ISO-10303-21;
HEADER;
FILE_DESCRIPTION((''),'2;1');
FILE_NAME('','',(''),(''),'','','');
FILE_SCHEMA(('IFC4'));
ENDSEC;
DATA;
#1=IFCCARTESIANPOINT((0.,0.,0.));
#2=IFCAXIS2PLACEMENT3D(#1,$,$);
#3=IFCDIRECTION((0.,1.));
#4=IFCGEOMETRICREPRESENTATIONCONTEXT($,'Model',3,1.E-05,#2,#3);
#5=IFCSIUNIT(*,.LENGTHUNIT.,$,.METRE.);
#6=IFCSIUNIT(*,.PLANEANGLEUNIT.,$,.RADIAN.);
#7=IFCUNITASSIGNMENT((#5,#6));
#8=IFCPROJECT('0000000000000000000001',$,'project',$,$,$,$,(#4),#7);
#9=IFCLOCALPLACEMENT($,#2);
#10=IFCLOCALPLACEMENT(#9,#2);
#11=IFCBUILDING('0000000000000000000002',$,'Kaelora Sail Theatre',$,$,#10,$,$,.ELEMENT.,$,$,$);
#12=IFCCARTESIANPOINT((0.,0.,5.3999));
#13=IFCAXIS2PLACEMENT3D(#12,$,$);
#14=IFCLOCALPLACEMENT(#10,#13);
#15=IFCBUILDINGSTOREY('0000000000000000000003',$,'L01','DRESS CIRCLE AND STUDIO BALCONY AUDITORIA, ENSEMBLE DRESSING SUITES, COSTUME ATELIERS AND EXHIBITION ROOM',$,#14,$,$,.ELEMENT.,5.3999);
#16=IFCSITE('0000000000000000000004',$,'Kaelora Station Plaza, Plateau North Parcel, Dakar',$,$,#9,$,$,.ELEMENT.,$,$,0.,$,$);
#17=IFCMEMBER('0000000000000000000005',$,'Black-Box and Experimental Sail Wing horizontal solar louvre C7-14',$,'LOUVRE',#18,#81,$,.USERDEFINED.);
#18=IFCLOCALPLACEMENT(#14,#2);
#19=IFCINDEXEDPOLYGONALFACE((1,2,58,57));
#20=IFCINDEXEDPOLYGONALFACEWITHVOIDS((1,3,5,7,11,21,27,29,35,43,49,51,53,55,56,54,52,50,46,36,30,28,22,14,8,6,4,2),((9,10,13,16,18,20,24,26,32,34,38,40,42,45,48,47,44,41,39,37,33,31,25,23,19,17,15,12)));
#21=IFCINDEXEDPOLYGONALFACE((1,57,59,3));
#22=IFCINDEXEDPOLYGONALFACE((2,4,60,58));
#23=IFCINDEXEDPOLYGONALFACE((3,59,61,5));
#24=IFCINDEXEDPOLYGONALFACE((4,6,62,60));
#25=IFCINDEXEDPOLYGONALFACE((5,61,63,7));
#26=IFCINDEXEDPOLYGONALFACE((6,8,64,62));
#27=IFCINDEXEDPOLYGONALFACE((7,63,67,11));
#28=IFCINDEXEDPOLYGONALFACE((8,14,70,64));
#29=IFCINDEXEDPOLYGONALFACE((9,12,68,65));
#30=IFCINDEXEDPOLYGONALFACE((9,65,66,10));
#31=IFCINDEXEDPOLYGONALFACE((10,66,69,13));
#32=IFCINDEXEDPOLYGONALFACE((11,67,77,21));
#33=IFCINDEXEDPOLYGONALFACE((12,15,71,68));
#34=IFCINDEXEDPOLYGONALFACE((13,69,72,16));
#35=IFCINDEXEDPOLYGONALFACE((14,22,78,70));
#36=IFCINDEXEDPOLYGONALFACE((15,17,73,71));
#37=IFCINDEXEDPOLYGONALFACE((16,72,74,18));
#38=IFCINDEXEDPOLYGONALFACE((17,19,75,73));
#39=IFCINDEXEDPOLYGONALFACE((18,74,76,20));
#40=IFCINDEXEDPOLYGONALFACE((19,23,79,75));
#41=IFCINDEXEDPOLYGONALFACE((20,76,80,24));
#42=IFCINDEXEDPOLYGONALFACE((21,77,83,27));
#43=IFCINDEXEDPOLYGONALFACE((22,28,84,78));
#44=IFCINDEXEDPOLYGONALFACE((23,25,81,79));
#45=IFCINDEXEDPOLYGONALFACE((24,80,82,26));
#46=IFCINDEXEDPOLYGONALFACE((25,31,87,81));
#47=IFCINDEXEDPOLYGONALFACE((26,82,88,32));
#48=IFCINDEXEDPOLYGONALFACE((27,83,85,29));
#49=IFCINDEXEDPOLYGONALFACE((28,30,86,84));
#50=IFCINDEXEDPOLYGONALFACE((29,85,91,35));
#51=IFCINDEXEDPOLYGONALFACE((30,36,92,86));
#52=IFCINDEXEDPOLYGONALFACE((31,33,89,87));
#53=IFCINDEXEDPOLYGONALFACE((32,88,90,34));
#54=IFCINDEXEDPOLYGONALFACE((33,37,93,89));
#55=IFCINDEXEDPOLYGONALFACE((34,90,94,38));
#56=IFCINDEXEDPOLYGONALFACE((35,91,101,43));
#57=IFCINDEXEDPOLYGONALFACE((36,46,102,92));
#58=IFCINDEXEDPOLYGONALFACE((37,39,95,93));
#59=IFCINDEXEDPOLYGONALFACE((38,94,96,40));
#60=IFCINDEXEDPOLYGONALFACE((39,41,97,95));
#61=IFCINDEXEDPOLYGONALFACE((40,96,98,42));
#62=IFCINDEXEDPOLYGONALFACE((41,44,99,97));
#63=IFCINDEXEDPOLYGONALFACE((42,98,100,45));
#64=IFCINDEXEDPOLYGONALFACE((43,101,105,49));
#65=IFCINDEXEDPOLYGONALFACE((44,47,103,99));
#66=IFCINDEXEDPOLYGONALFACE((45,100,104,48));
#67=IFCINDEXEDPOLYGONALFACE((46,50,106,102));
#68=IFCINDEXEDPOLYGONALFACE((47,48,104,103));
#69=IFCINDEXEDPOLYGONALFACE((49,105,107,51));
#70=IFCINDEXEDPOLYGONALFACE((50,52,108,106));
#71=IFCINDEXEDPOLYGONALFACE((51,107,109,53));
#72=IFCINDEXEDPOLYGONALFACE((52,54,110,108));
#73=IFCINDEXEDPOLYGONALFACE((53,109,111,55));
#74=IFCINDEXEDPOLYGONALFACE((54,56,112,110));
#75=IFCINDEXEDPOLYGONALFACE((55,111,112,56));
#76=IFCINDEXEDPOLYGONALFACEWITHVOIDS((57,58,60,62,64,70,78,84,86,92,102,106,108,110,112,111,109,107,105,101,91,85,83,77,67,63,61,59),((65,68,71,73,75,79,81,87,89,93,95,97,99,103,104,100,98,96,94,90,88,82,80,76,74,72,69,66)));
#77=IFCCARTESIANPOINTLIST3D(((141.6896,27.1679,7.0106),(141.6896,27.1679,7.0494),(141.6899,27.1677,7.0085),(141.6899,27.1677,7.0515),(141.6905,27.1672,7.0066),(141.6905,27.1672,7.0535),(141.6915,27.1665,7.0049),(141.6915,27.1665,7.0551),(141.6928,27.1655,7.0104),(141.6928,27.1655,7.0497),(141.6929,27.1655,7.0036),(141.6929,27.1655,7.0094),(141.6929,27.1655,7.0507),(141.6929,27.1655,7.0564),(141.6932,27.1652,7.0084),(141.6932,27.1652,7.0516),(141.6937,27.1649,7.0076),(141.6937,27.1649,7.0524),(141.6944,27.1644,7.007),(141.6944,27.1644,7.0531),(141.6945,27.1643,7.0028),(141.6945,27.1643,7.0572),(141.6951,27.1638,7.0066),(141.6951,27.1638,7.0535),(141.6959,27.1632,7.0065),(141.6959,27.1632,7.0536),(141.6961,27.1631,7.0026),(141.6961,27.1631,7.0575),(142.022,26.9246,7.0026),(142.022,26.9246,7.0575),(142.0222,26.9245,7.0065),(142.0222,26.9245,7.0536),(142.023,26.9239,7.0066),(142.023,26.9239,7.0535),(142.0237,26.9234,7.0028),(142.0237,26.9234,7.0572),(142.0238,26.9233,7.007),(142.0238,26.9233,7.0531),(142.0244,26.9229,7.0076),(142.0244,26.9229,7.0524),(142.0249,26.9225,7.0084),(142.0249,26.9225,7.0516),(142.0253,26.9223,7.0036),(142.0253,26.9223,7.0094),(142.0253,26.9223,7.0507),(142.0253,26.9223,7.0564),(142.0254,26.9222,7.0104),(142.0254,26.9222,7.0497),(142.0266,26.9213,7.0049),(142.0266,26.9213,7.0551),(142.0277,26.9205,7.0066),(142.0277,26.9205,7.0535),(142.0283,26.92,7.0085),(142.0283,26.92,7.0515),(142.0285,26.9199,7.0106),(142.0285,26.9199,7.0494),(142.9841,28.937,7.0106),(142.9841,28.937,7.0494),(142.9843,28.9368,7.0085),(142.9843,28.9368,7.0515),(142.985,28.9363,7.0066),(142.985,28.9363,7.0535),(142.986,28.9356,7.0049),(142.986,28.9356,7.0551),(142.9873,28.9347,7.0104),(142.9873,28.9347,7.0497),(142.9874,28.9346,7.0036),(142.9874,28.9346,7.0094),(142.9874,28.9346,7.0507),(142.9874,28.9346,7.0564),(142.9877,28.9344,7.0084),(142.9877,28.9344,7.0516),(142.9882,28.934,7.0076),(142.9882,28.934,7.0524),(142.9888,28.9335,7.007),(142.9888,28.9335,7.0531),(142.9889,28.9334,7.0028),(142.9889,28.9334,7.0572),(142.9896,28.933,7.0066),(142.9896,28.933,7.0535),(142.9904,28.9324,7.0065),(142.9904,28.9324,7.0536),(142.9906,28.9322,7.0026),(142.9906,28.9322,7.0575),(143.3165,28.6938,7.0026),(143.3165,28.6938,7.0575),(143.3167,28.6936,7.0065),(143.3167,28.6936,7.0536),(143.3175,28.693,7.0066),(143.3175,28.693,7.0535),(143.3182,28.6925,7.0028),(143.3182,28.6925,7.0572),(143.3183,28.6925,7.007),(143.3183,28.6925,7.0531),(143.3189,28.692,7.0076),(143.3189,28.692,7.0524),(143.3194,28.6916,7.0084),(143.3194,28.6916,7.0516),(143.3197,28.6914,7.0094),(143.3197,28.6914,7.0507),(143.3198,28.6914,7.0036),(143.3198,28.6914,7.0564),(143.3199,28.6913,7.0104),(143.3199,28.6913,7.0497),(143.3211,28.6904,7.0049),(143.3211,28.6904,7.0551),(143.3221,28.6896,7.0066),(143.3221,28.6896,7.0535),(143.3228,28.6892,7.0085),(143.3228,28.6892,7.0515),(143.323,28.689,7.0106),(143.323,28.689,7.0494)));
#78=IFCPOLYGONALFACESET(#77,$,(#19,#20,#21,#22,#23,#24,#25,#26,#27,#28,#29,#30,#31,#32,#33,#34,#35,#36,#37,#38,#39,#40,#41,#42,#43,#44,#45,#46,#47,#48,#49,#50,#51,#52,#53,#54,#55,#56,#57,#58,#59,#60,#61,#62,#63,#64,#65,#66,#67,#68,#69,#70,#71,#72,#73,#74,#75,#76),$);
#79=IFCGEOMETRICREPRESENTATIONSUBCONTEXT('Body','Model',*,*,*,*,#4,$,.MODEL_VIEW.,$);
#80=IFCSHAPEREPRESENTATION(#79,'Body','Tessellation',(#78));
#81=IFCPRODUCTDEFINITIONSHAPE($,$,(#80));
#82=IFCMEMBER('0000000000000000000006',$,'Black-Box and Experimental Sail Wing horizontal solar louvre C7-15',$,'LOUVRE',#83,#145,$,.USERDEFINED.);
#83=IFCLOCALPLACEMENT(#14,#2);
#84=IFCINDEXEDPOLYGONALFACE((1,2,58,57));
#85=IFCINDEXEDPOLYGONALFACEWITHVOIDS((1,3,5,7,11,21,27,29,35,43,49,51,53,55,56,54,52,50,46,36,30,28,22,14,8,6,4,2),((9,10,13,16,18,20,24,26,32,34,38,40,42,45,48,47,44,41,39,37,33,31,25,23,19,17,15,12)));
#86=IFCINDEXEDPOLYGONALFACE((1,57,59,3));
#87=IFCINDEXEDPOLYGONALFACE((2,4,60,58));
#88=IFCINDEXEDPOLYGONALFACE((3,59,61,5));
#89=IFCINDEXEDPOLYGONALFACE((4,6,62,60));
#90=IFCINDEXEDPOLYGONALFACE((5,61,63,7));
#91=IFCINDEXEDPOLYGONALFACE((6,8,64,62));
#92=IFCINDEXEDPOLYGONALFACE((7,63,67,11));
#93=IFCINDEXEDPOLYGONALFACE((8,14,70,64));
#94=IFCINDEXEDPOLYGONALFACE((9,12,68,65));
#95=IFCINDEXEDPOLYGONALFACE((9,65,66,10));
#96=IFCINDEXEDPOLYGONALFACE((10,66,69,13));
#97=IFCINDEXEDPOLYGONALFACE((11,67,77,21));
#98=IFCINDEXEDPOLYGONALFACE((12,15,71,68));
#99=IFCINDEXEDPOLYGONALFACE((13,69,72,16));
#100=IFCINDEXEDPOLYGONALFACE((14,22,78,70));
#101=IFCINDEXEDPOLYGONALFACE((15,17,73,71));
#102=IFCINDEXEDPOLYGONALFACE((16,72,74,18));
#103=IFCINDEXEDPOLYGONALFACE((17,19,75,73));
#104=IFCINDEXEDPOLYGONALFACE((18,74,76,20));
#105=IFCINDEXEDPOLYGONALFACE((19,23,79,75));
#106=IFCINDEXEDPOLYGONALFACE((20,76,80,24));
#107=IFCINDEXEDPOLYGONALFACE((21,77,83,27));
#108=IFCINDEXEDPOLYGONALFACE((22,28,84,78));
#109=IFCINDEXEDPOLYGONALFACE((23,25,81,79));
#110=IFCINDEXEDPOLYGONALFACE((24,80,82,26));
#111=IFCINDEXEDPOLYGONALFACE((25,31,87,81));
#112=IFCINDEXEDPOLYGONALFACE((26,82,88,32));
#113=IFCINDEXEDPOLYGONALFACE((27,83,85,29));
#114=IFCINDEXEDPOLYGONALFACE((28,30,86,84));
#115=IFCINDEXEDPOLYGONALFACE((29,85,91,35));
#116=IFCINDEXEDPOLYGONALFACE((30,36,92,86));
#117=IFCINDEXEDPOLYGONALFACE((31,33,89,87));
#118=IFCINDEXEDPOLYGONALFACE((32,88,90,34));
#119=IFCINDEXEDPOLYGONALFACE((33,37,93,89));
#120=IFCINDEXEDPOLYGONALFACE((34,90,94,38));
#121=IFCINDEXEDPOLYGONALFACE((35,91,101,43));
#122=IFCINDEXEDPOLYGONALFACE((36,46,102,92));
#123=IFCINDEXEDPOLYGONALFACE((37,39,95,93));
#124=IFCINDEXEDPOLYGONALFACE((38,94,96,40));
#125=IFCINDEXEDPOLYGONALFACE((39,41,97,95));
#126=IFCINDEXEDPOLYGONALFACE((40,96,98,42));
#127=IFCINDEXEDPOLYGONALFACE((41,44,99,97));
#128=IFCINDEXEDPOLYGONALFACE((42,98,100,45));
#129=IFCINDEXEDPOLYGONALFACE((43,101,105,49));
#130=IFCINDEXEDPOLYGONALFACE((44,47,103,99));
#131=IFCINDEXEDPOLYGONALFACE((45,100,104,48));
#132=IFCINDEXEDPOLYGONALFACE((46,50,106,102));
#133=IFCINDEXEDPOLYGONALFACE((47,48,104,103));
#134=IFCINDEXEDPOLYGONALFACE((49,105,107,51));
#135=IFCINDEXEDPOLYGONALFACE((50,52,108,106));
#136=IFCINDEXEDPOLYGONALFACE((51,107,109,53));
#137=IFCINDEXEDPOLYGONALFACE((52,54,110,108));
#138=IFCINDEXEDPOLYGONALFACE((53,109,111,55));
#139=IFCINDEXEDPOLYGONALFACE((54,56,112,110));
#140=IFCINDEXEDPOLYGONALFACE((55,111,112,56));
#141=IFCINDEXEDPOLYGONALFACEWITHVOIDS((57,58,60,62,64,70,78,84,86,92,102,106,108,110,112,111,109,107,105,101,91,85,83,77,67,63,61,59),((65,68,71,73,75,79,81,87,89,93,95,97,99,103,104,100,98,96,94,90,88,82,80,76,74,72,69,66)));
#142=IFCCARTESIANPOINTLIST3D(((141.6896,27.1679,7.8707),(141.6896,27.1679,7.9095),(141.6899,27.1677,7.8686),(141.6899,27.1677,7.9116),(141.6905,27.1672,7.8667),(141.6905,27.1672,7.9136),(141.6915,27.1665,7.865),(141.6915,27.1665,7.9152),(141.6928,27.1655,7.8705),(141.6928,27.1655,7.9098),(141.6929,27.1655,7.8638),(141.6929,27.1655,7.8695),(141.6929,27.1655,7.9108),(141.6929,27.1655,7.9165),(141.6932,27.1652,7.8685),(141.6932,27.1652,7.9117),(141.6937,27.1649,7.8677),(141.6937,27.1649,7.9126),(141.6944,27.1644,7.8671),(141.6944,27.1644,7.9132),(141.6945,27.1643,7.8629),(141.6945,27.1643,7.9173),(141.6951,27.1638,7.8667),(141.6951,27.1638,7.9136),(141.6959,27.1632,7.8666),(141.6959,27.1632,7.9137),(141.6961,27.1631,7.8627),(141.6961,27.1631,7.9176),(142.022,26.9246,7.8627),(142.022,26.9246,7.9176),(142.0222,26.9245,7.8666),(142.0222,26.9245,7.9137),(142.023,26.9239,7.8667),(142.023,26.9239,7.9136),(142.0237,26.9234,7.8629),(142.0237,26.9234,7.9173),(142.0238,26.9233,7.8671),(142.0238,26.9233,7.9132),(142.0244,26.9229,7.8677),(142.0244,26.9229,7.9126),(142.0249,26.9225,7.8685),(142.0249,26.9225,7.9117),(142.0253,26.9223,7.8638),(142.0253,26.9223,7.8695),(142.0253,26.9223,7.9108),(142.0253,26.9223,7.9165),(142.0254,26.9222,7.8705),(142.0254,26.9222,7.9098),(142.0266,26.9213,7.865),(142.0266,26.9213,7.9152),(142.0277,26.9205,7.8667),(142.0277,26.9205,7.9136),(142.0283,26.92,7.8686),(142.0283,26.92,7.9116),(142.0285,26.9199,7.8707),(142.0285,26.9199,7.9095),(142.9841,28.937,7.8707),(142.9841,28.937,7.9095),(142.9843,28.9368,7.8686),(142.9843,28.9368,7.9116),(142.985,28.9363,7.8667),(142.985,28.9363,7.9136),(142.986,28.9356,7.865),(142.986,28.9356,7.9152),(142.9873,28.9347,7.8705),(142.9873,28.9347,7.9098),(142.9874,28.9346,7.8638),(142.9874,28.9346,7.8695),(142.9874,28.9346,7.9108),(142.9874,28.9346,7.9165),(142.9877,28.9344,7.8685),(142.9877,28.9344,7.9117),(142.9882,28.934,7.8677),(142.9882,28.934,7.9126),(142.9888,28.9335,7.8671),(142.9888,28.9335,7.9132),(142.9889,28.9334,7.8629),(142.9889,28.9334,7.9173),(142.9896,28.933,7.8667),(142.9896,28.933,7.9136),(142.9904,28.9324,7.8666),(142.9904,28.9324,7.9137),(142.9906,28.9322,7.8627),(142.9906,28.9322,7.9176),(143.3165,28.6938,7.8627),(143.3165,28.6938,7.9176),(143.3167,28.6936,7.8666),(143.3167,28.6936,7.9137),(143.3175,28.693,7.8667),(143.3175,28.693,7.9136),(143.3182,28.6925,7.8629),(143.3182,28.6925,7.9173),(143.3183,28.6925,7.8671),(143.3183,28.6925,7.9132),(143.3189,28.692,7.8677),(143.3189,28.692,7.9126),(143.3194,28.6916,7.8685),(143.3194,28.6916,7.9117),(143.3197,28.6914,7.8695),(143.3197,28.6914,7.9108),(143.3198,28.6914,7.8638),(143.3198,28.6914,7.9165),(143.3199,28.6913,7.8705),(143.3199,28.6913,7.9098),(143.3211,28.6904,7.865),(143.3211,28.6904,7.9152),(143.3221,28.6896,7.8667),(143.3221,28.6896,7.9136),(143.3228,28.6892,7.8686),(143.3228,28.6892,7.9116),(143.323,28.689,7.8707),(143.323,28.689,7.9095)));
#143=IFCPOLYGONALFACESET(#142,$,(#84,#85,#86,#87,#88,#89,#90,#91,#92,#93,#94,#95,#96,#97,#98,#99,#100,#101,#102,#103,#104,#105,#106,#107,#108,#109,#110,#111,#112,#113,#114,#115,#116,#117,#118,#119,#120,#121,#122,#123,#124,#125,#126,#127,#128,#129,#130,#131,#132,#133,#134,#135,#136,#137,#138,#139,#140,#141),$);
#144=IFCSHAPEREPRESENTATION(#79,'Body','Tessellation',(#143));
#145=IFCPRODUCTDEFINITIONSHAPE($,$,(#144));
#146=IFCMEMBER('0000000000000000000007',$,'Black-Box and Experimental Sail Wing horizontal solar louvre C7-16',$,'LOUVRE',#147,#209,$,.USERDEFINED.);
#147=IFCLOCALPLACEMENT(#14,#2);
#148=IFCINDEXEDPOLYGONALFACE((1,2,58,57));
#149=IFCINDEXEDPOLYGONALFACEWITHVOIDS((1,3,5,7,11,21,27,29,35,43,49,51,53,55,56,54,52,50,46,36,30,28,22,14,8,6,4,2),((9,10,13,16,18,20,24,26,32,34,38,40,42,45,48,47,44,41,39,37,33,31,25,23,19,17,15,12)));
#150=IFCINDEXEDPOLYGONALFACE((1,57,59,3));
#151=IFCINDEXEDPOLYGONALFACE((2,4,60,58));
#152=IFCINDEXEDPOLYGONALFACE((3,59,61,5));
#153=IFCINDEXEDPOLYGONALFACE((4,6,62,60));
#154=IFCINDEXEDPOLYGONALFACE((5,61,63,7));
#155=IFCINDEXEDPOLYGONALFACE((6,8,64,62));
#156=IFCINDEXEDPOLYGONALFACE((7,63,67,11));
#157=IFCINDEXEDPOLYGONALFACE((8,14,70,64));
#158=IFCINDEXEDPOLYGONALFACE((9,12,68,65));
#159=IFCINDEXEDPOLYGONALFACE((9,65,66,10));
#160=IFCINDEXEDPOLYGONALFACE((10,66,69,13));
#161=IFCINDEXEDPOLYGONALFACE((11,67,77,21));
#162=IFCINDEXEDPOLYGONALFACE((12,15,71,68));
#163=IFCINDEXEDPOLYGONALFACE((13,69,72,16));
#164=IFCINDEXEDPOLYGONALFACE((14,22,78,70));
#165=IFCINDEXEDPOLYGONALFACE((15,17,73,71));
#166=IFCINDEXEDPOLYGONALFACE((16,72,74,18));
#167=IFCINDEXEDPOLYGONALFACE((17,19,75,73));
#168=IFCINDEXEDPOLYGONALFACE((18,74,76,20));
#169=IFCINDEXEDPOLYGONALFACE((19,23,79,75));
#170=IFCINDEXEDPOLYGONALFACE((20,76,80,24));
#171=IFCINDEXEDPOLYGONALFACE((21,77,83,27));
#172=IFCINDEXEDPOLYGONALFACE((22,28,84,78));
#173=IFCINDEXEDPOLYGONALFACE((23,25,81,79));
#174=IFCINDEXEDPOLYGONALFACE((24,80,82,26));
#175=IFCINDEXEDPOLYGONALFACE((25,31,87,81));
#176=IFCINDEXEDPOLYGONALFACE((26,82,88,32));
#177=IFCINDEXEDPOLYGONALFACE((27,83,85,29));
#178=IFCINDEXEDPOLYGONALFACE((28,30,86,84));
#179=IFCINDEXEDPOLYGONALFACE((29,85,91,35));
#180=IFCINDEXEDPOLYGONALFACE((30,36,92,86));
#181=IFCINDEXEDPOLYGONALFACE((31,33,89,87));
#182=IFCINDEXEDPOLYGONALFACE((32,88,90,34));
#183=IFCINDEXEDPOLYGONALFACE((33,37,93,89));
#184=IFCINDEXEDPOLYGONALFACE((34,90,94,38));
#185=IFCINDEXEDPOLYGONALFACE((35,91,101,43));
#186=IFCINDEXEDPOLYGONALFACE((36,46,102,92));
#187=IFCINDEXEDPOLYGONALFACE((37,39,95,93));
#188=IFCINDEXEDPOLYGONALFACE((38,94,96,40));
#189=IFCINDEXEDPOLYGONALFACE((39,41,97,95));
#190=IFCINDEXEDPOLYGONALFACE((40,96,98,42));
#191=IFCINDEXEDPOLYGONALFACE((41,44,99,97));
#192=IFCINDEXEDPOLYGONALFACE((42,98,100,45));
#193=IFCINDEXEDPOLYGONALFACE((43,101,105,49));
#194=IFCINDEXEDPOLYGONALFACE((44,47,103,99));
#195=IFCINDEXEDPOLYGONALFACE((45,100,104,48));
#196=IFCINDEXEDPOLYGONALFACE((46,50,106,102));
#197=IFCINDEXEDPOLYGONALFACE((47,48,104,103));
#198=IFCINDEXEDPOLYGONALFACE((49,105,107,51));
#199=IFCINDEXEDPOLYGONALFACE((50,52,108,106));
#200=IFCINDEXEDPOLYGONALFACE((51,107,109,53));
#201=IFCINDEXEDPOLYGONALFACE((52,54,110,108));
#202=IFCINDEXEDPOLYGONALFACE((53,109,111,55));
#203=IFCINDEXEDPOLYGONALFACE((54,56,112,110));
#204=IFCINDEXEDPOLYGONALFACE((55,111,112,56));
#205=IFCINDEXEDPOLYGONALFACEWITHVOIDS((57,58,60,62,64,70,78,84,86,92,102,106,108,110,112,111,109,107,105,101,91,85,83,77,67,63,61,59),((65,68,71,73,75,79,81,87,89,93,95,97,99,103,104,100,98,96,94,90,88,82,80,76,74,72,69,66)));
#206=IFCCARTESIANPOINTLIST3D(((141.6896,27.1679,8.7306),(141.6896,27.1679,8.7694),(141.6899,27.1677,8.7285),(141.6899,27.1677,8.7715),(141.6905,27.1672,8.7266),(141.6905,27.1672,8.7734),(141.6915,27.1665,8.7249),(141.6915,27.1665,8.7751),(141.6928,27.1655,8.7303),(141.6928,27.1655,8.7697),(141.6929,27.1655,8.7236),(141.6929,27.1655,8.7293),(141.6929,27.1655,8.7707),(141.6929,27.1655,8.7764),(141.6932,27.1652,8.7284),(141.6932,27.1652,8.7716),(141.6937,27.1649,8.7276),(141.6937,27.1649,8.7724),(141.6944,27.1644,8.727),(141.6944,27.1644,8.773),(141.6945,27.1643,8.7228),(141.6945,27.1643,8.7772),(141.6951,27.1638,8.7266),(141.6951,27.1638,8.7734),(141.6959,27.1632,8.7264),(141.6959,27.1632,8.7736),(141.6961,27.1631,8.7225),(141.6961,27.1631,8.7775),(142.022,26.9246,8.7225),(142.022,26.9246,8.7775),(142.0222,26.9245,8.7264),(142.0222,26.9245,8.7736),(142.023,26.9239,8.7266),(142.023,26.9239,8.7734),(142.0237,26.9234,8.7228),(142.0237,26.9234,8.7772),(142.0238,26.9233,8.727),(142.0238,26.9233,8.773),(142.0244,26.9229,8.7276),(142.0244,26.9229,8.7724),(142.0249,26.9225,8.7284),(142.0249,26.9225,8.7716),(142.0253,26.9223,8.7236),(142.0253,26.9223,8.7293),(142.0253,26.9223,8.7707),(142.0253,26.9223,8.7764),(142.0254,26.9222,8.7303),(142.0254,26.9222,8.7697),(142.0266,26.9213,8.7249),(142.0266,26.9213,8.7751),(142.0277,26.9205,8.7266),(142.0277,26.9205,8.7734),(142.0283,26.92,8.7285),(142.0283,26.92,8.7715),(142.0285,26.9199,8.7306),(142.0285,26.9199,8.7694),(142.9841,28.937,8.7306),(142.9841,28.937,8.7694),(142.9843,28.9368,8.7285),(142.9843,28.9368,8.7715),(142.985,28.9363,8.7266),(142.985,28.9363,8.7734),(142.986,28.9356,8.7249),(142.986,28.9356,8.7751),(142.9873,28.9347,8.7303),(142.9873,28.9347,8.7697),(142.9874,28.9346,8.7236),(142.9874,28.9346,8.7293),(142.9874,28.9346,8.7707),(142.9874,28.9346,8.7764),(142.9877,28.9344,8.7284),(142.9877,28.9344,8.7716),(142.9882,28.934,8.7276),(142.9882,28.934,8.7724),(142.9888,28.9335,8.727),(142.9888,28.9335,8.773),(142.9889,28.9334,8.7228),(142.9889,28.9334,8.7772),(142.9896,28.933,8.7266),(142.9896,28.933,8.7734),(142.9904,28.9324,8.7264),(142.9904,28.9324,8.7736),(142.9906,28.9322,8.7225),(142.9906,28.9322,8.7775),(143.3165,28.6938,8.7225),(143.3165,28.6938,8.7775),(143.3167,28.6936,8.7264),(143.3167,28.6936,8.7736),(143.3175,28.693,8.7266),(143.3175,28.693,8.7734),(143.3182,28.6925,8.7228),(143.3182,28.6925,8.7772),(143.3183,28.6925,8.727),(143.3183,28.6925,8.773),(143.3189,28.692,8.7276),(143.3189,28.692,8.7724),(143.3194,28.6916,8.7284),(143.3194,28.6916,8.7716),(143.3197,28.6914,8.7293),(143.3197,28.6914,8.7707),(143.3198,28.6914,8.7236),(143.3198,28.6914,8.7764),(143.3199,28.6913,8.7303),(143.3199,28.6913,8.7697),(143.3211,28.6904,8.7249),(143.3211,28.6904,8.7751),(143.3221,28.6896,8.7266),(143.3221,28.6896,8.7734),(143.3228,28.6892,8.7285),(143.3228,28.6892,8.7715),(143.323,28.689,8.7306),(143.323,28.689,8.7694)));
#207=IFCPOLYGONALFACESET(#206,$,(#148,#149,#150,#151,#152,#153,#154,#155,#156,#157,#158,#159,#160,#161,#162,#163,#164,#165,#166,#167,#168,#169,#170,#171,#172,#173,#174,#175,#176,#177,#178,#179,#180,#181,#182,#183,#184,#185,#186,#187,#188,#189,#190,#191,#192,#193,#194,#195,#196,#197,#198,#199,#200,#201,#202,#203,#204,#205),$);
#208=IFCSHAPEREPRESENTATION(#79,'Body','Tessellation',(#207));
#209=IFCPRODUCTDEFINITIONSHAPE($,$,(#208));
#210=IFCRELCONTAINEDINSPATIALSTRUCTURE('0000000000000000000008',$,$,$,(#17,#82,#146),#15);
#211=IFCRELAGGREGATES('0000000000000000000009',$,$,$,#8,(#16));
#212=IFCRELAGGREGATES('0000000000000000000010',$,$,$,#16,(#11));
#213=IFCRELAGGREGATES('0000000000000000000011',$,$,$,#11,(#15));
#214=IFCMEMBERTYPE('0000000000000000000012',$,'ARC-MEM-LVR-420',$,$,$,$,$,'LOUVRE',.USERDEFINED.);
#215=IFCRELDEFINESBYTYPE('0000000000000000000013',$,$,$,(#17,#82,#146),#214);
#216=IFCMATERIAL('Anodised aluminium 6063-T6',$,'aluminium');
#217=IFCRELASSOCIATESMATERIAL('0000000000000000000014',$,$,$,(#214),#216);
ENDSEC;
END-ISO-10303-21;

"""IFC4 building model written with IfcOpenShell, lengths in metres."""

from ifc_helpers import new_model, si_unit, direction, frame, origin, origin_2d, place, context, subcontext, project, spatial, hollow_rectangle, extrude, material, material_profile, profile_set, type_object, element, save


model = new_model("IFC4")

# Units and contexts
model_context = context("Model", 3, precision=1e-05, world=origin(), true_north=direction((0.0, 1.0)))
body_context = subcontext(model_context, "Body", "Model", "MODEL_VIEW")
ifc_project = project(units=[si_unit("LENGTHUNIT", "METRE"), si_unit("PLANEANGLEUNIT", "RADIAN")], contexts=[model_context])

# Site, building, storey
site_placement = place(None, origin())
site = spatial("IfcSite", under=ifc_project, at=site_placement, Name="Kaelora Station Plaza, Plateau North Parcel, Dakar", CompositionType="ELEMENT", RefElevation=0.0)
building_placement = place(site_placement, origin())
building = spatial("IfcBuilding", under=site, at=building_placement, Name="Kaelora Sail Theatre", CompositionType="ELEMENT")
storey_placement = place(building_placement, frame((0.0, 0.0, 5.3999)))
storey = spatial("IfcBuildingStorey", under=building, at=storey_placement, Name="L01", Description="DRESS CIRCLE AND STUDIO BALCONY AUDITORIA, ENSEMBLE DRESSING SUITES, COSTUME ATELIERS AND EXHIBITION ROOM", CompositionType="ELEMENT", Elevation=5.3999)

# Members
ifc_material_1 = material(Name="Anodised aluminium 6063-T6", Category="aluminium")
ifc_material_profile_1 = material_profile(ifc_material_1, hollow_rectangle(XDim=0.4199, YDim=0.0549, WallThickness=0.0039, InnerFilletRadius=0.0039, OuterFilletRadius=0.0081, at=origin_2d()), Name="LOUVRE 420x55x4")
ifc_profile_set_1 = profile_set([ifc_material_profile_1], Name="Anodised aluminium 6063-T6")
member_type = type_object("IfcMemberType", Name="ARC-MEM-LVR-420", ElementType="LOUVRE", PredefinedType="USERDEFINED", material=ifc_profile_set_1)
for number, where, z_axis, x_axis, name in (
    (1, (143.1536, 28.813, 7.03), (-0.590514, -0.807028, 0.0), (0.807028, -0.590514, 0.0), "Black-Box and Experimental Sail Wing horizontal solar louvre C7-14"),
    (2, (143.1536, 28.813, 7.8901), (-0.590514, -0.807028, 0.0), (0.807028, -0.590514, 0.0), "Black-Box and Experimental Sail Wing horizontal solar louvre C7-15"),
    (3, (143.1536, 28.813, 8.75), (-0.590514, -0.807028, 0.0), (0.807028, -0.590514, 0.0), "Black-Box and Experimental Sail Wing horizontal solar louvre C7-16"),
):
    element("IfcMember", number, at=place(storey_placement, frame(where, z_axis=z_axis, x_axis=x_axis)), inside=storey, type_object=member_type, Name=name, ObjectType="LOUVRE", PredefinedType="USERDEFINED", context=body_context, shape_type="SweptSolid", body=[
        extrude(hollow_rectangle(XDim=0.4199, YDim=0.0549, WallThickness=0.0039, InnerFilletRadius=0.0039, OuterFilletRadius=0.0081, at=origin_2d()), origin(), (0.0, 0.0, 1.0), 2.1921),
    ])

save(model, "model.ifc")
